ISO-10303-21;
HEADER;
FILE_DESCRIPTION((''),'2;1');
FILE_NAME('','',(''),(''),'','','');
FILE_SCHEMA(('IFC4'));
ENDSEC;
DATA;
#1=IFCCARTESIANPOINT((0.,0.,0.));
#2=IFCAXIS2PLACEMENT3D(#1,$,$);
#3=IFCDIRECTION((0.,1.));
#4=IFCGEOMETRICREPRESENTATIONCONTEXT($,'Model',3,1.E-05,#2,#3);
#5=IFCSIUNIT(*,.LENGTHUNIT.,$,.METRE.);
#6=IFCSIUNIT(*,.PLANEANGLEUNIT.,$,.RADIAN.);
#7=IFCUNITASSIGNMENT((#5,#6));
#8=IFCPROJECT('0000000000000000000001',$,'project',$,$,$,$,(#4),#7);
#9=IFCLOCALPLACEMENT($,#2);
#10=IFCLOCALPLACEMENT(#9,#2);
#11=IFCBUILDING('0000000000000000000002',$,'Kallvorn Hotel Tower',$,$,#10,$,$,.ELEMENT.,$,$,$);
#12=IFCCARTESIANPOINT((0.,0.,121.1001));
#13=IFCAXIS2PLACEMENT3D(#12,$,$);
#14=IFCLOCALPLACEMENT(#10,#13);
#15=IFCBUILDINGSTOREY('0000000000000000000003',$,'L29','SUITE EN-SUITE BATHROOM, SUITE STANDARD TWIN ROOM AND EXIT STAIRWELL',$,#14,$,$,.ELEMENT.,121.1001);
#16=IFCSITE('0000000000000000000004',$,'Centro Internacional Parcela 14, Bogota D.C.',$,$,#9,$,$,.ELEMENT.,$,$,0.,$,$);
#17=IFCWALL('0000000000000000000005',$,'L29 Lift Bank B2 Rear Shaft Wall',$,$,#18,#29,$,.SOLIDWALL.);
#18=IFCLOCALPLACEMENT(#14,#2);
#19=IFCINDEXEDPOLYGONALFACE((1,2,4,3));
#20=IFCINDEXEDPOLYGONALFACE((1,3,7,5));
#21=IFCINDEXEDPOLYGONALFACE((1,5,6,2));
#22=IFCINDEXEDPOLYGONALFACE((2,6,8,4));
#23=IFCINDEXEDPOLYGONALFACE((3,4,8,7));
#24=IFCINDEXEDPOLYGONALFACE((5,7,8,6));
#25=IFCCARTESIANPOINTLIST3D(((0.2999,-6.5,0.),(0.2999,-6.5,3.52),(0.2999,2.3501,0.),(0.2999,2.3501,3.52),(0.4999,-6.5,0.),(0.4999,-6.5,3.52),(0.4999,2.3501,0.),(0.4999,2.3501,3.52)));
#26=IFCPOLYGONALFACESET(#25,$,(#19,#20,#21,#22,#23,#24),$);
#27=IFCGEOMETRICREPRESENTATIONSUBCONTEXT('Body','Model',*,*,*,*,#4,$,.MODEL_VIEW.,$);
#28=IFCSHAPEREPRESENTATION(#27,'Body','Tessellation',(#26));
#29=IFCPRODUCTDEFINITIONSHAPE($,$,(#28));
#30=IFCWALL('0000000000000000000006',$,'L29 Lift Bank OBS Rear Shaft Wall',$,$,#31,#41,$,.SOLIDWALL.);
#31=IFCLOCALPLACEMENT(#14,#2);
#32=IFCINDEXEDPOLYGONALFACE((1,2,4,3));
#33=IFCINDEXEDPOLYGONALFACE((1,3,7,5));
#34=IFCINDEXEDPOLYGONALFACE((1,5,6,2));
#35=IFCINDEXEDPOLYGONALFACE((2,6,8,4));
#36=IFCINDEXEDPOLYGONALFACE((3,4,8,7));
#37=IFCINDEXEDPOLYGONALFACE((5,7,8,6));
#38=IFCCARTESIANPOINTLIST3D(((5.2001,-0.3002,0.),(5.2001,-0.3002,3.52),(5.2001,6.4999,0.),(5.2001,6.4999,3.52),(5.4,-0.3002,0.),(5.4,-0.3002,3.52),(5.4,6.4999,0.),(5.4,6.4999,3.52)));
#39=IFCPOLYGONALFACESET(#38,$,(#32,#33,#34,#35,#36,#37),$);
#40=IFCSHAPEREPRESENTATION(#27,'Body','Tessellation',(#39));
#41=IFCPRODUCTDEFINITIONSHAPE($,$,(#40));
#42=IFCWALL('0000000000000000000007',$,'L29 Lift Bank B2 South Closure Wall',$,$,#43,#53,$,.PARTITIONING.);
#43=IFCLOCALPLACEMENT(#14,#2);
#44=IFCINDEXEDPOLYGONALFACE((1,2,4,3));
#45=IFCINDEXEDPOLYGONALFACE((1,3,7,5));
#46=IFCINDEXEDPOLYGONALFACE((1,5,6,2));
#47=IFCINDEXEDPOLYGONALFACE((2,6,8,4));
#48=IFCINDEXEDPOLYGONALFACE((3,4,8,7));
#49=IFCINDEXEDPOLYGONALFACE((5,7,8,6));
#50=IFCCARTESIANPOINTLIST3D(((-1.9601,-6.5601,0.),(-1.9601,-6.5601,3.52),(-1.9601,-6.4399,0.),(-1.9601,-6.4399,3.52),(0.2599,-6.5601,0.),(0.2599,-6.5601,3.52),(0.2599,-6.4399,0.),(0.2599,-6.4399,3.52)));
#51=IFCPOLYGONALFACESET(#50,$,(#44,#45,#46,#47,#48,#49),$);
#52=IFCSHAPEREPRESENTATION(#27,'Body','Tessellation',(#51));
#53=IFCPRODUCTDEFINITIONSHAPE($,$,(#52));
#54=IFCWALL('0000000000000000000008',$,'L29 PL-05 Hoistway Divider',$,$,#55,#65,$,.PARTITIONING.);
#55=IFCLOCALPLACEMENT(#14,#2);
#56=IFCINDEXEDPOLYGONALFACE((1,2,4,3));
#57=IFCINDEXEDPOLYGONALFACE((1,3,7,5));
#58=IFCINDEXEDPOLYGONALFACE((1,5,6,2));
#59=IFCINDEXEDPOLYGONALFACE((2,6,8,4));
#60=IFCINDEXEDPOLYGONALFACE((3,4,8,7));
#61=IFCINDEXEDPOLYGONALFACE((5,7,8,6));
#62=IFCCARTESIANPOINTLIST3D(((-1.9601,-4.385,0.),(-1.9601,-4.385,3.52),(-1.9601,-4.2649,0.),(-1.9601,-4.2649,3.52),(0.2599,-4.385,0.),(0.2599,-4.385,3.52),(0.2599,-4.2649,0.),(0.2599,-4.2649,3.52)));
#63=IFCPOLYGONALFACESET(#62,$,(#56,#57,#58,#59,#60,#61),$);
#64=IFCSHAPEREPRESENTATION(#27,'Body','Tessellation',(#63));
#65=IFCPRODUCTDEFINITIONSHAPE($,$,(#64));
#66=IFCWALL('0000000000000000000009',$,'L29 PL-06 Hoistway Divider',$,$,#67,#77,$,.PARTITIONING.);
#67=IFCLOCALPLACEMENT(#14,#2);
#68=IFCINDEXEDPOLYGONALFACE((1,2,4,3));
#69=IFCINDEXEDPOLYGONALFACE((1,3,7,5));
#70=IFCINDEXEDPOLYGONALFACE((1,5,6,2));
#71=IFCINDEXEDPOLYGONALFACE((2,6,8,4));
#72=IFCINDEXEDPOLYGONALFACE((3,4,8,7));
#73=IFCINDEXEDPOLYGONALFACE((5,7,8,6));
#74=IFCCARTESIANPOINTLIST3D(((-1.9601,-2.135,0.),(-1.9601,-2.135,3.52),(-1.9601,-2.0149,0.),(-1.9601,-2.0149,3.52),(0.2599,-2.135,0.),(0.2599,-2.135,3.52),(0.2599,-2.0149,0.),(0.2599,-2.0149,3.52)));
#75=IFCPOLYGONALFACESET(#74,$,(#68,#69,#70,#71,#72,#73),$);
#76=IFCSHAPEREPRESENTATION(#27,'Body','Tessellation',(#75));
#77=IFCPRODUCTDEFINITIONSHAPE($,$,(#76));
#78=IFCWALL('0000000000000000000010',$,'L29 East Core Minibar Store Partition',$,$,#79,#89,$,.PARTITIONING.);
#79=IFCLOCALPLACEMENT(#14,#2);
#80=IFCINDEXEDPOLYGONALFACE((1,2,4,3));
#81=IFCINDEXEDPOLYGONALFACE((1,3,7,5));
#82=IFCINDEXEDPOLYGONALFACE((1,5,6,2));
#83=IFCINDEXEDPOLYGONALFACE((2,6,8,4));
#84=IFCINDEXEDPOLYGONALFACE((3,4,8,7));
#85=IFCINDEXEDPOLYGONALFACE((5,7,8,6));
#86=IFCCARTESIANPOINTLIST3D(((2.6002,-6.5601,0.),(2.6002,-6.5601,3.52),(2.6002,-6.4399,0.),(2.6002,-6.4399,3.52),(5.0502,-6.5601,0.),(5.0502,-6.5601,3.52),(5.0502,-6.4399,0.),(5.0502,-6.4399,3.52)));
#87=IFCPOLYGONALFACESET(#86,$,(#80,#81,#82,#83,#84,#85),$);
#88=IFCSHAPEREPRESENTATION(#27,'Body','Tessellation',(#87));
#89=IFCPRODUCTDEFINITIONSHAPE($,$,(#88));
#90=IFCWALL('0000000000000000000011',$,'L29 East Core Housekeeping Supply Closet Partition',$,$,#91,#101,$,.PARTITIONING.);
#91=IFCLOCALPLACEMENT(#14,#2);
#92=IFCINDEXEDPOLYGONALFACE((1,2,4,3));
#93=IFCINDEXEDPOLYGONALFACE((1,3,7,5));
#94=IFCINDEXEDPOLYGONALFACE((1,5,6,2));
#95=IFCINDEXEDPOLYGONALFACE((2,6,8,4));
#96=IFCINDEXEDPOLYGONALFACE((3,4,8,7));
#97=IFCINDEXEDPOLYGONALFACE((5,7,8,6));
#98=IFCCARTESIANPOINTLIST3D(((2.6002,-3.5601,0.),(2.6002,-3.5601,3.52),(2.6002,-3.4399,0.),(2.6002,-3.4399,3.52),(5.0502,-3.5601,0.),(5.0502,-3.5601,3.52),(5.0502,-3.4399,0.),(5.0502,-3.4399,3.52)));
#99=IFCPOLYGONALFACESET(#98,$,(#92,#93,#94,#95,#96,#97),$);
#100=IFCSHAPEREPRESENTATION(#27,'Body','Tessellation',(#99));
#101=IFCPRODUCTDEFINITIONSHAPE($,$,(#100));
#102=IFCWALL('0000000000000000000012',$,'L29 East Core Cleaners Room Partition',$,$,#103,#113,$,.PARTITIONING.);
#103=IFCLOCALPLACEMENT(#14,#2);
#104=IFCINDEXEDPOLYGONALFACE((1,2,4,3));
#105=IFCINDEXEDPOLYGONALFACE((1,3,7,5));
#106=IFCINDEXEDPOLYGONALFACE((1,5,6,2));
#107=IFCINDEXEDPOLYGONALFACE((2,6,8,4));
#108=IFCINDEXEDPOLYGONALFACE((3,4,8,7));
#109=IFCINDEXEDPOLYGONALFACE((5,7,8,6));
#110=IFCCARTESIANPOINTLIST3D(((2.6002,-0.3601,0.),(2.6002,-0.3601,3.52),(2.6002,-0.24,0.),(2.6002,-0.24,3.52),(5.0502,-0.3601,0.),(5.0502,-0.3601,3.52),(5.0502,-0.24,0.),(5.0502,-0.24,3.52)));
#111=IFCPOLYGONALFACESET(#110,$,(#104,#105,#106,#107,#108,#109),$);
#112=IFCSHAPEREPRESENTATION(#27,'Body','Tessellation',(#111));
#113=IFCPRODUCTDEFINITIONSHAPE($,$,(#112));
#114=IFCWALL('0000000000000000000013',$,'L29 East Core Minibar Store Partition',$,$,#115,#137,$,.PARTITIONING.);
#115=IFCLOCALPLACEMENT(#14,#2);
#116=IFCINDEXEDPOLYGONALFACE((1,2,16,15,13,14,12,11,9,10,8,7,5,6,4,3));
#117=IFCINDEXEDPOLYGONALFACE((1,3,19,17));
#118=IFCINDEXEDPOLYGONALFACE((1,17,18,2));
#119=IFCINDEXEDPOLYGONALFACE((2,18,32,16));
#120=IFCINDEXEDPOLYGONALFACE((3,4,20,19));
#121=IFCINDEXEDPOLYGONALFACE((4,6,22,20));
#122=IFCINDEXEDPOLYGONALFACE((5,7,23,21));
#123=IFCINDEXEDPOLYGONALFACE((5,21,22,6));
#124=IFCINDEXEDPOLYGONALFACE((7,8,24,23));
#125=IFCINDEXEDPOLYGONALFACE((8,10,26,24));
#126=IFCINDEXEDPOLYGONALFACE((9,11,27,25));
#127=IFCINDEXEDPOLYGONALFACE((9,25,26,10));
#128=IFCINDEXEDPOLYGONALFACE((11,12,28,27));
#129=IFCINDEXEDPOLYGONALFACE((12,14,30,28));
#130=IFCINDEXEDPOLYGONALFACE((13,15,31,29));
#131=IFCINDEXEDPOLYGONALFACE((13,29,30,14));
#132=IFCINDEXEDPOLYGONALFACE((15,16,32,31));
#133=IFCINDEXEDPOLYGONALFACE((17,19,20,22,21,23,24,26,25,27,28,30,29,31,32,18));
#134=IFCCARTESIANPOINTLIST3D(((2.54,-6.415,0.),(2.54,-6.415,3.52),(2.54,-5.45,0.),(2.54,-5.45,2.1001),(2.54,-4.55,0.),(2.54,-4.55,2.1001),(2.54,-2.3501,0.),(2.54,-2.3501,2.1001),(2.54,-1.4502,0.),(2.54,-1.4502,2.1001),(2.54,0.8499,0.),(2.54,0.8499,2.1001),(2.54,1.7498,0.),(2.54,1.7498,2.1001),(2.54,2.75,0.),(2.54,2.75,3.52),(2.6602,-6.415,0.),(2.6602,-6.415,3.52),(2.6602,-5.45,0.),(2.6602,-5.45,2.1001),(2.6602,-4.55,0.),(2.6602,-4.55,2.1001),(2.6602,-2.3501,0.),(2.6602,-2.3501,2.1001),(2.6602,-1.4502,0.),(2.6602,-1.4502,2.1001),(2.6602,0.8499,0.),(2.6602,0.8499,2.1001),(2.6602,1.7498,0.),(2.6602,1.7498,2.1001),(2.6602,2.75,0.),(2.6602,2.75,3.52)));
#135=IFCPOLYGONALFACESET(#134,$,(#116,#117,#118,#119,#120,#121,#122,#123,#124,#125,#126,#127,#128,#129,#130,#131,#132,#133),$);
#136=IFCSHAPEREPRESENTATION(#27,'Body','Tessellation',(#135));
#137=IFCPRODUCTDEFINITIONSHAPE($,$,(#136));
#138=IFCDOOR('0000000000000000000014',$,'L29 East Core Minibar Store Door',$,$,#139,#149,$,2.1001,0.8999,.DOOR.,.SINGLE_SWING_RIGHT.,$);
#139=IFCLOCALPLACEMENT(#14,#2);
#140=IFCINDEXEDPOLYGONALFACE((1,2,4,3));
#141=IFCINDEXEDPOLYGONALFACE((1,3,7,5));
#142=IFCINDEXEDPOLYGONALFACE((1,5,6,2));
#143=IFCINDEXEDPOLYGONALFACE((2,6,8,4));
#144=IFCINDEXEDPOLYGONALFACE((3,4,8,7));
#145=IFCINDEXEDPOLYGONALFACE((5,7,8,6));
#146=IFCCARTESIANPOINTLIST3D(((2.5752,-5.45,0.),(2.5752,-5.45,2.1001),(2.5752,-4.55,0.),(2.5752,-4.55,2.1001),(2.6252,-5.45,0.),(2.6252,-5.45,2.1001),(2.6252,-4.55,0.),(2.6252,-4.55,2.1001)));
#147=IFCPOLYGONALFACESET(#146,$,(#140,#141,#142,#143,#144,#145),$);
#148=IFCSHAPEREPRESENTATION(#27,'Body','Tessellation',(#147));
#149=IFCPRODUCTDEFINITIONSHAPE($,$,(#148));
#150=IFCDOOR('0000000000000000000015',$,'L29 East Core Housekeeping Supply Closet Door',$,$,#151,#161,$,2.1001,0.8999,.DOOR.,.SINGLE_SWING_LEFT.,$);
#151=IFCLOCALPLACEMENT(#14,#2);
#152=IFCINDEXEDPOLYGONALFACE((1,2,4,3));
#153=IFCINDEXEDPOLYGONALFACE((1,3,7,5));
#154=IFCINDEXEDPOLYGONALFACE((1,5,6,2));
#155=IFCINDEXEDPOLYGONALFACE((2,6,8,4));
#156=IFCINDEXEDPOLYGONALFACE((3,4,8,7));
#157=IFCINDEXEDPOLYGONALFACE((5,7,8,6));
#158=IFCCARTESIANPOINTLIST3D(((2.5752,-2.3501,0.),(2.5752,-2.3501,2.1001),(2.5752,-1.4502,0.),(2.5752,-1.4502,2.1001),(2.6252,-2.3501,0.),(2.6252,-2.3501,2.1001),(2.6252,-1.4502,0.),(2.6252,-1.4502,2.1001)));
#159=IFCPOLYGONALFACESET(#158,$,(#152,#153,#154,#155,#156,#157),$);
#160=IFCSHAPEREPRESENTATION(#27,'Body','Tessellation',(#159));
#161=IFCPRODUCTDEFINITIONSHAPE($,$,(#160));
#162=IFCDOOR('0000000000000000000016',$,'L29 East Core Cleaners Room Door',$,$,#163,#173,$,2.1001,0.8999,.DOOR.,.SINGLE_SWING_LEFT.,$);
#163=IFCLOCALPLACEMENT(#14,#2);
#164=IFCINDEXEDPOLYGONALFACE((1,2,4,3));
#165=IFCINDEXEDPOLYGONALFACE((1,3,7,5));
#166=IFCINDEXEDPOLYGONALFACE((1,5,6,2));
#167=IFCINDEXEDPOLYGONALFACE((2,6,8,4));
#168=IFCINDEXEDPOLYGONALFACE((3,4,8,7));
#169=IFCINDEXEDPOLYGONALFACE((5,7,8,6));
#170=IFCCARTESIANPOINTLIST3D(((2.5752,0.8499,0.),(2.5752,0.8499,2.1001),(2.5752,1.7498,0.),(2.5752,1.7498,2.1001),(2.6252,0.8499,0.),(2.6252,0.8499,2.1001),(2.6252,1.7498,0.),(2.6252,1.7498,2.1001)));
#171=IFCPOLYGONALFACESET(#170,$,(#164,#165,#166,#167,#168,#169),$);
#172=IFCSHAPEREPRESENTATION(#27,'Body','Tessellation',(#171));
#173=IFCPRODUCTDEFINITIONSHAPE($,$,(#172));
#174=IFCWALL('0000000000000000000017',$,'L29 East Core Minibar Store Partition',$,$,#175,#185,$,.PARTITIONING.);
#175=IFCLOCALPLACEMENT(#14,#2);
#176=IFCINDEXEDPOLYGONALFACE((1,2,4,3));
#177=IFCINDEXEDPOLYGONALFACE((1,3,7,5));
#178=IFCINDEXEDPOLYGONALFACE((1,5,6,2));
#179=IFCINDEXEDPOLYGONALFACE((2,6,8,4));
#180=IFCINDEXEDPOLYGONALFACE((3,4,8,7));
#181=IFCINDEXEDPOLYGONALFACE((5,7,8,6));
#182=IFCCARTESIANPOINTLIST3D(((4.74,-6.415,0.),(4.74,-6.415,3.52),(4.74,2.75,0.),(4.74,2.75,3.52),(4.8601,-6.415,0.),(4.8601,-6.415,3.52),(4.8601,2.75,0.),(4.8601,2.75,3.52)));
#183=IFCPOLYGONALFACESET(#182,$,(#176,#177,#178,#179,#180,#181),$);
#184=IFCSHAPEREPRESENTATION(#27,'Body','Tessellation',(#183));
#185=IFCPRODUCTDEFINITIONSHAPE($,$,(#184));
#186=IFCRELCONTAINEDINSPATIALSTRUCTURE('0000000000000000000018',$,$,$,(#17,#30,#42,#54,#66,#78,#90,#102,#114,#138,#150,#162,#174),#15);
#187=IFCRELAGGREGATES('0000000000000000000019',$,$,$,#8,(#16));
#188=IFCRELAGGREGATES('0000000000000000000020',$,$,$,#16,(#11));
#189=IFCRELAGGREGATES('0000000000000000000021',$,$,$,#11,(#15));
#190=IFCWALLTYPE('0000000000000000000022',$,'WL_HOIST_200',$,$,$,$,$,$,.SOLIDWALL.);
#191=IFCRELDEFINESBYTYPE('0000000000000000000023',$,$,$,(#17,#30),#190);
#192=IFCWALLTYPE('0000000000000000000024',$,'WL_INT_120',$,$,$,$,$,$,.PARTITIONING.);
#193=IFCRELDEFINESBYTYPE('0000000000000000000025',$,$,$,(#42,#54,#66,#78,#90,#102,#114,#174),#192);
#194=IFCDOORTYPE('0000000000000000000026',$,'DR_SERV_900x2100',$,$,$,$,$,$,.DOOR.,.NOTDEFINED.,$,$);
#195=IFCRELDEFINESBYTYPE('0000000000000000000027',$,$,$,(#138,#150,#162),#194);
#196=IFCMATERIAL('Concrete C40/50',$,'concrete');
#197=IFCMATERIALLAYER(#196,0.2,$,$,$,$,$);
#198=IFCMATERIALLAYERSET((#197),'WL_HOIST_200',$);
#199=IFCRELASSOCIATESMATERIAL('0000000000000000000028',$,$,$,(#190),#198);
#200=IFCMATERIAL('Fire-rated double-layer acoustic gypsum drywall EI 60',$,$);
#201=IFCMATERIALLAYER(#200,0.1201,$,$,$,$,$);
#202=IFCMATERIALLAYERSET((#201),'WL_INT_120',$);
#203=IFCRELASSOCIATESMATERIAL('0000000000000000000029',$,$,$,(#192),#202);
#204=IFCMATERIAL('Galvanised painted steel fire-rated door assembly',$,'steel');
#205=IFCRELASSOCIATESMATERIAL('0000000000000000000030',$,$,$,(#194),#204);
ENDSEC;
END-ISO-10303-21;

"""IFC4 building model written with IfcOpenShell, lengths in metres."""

from ifc_helpers import new_model, si_unit, direction, frame, frame_2d, origin, place, context, subcontext, project, spatial, rectangle, extrude, material, layer, layer_set, type_object, element, fill, save


model = new_model("IFC4")

# Units and contexts
model_context = context("Model", 3, precision=1e-05, world=origin(), true_north=direction((0.0, 1.0)))
body_context = subcontext(model_context, "Body", "Model", "MODEL_VIEW")
ifc_project = project(units=[si_unit("LENGTHUNIT", "METRE"), si_unit("PLANEANGLEUNIT", "RADIAN")], contexts=[model_context])

# Site, building, storey
site_placement = place(None, origin())
site = spatial("IfcSite", under=ifc_project, at=site_placement, Name="Centro Internacional Parcela 14, Bogota D.C.", CompositionType="ELEMENT", RefElevation=0.0)
building_placement = place(site_placement, origin())
building = spatial("IfcBuilding", under=site, at=building_placement, Name="Kallvorn Hotel Tower", CompositionType="ELEMENT")
storey_placement = place(building_placement, frame((0.0, 0.0, 121.1001)))
storey = spatial("IfcBuildingStorey", under=building, at=storey_placement, Name="L29", Description="SUITE EN-SUITE BATHROOM, SUITE STANDARD TWIN ROOM AND EXIT STAIRWELL", CompositionType="ELEMENT", Elevation=121.1001)

# Walls
ifc_material_1 = material(Name="Concrete C40/50", Category="concrete")
ifc_layer_1 = layer(ifc_material_1, 0.2)
ifc_layer_set_1 = layer_set([ifc_layer_1], Name="WL_HOIST_200")
wall_type_1 = type_object("IfcWallType", Name="WL_HOIST_200", PredefinedType="SOLIDWALL", material=ifc_layer_set_1)
for number, where, z_axis, x_axis, name in (
    (1, (0.3999, -6.5, 0.0), (0.0, 0.0, 1.0), (0.0, 1.0, 0.0), "L29 Lift Bank B2 Rear Shaft Wall"),
):
    element("IfcWall", number, at=place(storey_placement, frame(where, z_axis=z_axis, x_axis=x_axis)), inside=storey, type_object=wall_type_1, Name=name, PredefinedType="SOLIDWALL", context=body_context, shape_type="SweptSolid", body=[
        extrude(rectangle(XDim=8.8501, YDim=0.2, at=frame_2d((4.425, 0.0))), origin(), (0.0, 0.0, 1.0), 3.52),
    ])
wall_1_placement = place(storey_placement, frame((5.3, -0.3, 0.0), z_axis=(0.0, 0.0, 1.0), x_axis=(0.0, 1.0, 0.0)))
element("IfcWall", 2, at=wall_1_placement, inside=storey, type_object=wall_type_1, Name="L29 Lift Bank OBS Rear Shaft Wall", PredefinedType="SOLIDWALL", context=body_context, shape_type="SweptSolid", body=[
    extrude(rectangle(XDim=6.8, YDim=0.2, at=frame_2d((3.3999, 0.0))), origin(), (0.0, 0.0, 1.0), 3.52),
])
ifc_material_2 = material(Name="Fire-rated double-layer acoustic gypsum drywall EI 60")
ifc_layer_2 = layer(ifc_material_2, 0.1201)
ifc_layer_set_2 = layer_set([ifc_layer_2], Name="WL_INT_120")
wall_type_2 = type_object("IfcWallType", Name="WL_INT_120", PredefinedType="PARTITIONING", material=ifc_layer_set_2)
for number, where, z_axis, x_axis, name in (
    (3, (-1.96, -6.5, 0.0), (0.0, 0.0, 1.0), (1.0, 0.0, 0.0), "L29 Lift Bank B2 South Closure Wall"),
    (4, (-1.96, -4.325, 0.0), (0.0, 0.0, 1.0), (1.0, 0.0, 0.0), "L29 PL-05 Hoistway Divider"),
    (5, (-1.96, -2.075, 0.0), (0.0, 0.0, 1.0), (1.0, 0.0, 0.0), "L29 PL-06 Hoistway Divider"),
):
    element("IfcWall", number, at=place(storey_placement, frame(where, z_axis=z_axis, x_axis=x_axis)), inside=storey, type_object=wall_type_2, Name=name, PredefinedType="PARTITIONING", context=body_context, shape_type="SweptSolid", body=[
        extrude(rectangle(XDim=2.22, YDim=0.1201, at=frame_2d((1.1099, 0.0))), origin(), (0.0, 0.0, 1.0), 3.52),
    ])
for number, where, z_axis, x_axis, name in (
    (6, (2.6001, -6.5, 0.0), (0.0, 0.0, 1.0), (1.0, 0.0, 0.0), "L29 East Core Minibar Store Partition"),
    (7, (2.6001, -3.5, 0.0), (0.0, 0.0, 1.0), (1.0, 0.0, 0.0), "L29 East Core Housekeeping Supply Closet Partition"),
    (8, (2.6001, -0.3, 0.0), (0.0, 0.0, 1.0), (1.0, 0.0, 0.0), "L29 East Core Cleaners Room Partition"),
):
    element("IfcWall", number, at=place(storey_placement, frame(where, z_axis=z_axis, x_axis=x_axis)), inside=storey, type_object=wall_type_2, Name=name, PredefinedType="PARTITIONING", context=body_context, shape_type="SweptSolid", body=[
        extrude(rectangle(XDim=2.45, YDim=0.1201, at=frame_2d((1.2251, 0.0))), origin(), (0.0, 0.0, 1.0), 3.52),
    ])

# Wall, openings, doors
wall_2_placement = place(storey_placement, frame((2.6001, -6.415, 0.0), z_axis=(0.0, 0.0, 1.0), x_axis=(0.0, 1.0, 0.0)))
wall_2 = element("IfcWall", 9, at=wall_2_placement, inside=storey, type_object=wall_type_2, Name="L29 East Core Minibar Store Partition", PredefinedType="PARTITIONING", context=body_context, shape_type="SweptSolid", body=[
    extrude(rectangle(XDim=9.165, YDim=0.1201, at=frame_2d((4.5825, 0.0))), origin(), (0.0, 0.0, 1.0), 3.52),
])
opening_1_placement = place(wall_2_placement, frame((0.9651, 0.0, 0.0)))
opening_1 = element("IfcOpeningElement", 10, at=opening_1_placement, cuts=wall_2, PredefinedType="OPENING", context=body_context, shape_type="SweptSolid", body=[
    extrude(rectangle(XDim=0.8999, YDim=2.1001, at=frame_2d((0.45, 1.05))), frame((0.0, 0.075, 0.0), z_axis=(0.0, -1.0, 0.0), x_axis=(1.0, 0.0, 0.0)), (0.0, 0.0, 1.0), 0.1501),
])
opening_2_placement = place(wall_2_placement, frame((4.0649, 0.0, 0.0)))
opening_2 = element("IfcOpeningElement", 11, at=opening_2_placement, cuts=wall_2, PredefinedType="OPENING", context=body_context, shape_type="SweptSolid", body=[
    extrude(rectangle(XDim=0.8999, YDim=2.1001, at=frame_2d((0.45, 1.05))), frame((0.0, 0.075, 0.0), z_axis=(0.0, -1.0, 0.0), x_axis=(1.0, 0.0, 0.0)), (0.0, 0.0, 1.0), 0.1501),
])
opening_3_placement = place(wall_2_placement, frame((7.2649, 0.0, 0.0)))
opening_3 = element("IfcOpeningElement", 12, at=opening_3_placement, cuts=wall_2, PredefinedType="OPENING", context=body_context, shape_type="SweptSolid", body=[
    extrude(rectangle(XDim=0.8999, YDim=2.1001, at=frame_2d((0.45, 1.05))), frame((0.0, 0.075, 0.0), z_axis=(0.0, -1.0, 0.0), x_axis=(1.0, 0.0, 0.0)), (0.0, 0.0, 1.0), 0.1501),
])
ifc_material_3 = material(Name="Galvanised painted steel fire-rated door assembly", Category="steel")
door_type = type_object("IfcDoorType", Name="DR_SERV_900x2100", OperationType="NOTDEFINED", PredefinedType="DOOR", material=ifc_material_3)
door_1_placement = place(opening_1_placement, origin())
door_1 = element("IfcDoor", 13, at=door_1_placement, inside=storey, type_object=door_type, Name="L29 East Core Minibar Store Door", OperationType="SINGLE_SWING_RIGHT", OverallHeight=2.1001, OverallWidth=0.8999, PredefinedType="DOOR", context=body_context, shape_type="SweptSolid", body=[
    extrude(rectangle(XDim=0.8999, YDim=2.1001, at=frame_2d((0.45, 1.05))), frame((0.0, 0.0249, 0.0), z_axis=(0.0, -1.0, 0.0), x_axis=(1.0, 0.0, 0.0)), (0.0, 0.0, 1.0), 0.05),
])
fill(opening_1, door_1)
door_2_placement = place(opening_2_placement, origin())
door_2 = element("IfcDoor", 14, at=door_2_placement, inside=storey, type_object=door_type, Name="L29 East Core Housekeeping Supply Closet Door", OperationType="SINGLE_SWING_LEFT", OverallHeight=2.1001, OverallWidth=0.8999, PredefinedType="DOOR", context=body_context, shape_type="SweptSolid", body=[
    extrude(rectangle(XDim=0.8999, YDim=2.1001, at=frame_2d((0.45, 1.05))), frame((0.0, 0.0249, 0.0), z_axis=(0.0, -1.0, 0.0), x_axis=(1.0, 0.0, 0.0)), (0.0, 0.0, 1.0), 0.05),
])
fill(opening_2, door_2)
door_3_placement = place(opening_3_placement, origin())
door_3 = element("IfcDoor", 15, at=door_3_placement, inside=storey, type_object=door_type, Name="L29 East Core Cleaners Room Door", OperationType="SINGLE_SWING_LEFT", OverallHeight=2.1001, OverallWidth=0.8999, PredefinedType="DOOR", context=body_context, shape_type="SweptSolid", body=[
    extrude(rectangle(XDim=0.8999, YDim=2.1001, at=frame_2d((0.45, 1.05))), frame((0.0, 0.0249, 0.0), z_axis=(0.0, -1.0, 0.0), x_axis=(1.0, 0.0, 0.0)), (0.0, 0.0, 1.0), 0.05),
])
fill(opening_3, door_3)

# Wall
wall_3_placement = place(storey_placement, frame((4.8, -6.415, 0.0), z_axis=(0.0, 0.0, 1.0), x_axis=(0.0, 1.0, 0.0)))
element("IfcWall", 16, at=wall_3_placement, inside=storey, type_object=wall_type_2, Name="L29 East Core Minibar Store Partition", PredefinedType="PARTITIONING", context=body_context, shape_type="SweptSolid", body=[
    extrude(rectangle(XDim=9.165, YDim=0.1201, at=frame_2d((4.5825, 0.0))), origin(), (0.0, 0.0, 1.0), 3.52),
])

save(model, "model.ifc")
